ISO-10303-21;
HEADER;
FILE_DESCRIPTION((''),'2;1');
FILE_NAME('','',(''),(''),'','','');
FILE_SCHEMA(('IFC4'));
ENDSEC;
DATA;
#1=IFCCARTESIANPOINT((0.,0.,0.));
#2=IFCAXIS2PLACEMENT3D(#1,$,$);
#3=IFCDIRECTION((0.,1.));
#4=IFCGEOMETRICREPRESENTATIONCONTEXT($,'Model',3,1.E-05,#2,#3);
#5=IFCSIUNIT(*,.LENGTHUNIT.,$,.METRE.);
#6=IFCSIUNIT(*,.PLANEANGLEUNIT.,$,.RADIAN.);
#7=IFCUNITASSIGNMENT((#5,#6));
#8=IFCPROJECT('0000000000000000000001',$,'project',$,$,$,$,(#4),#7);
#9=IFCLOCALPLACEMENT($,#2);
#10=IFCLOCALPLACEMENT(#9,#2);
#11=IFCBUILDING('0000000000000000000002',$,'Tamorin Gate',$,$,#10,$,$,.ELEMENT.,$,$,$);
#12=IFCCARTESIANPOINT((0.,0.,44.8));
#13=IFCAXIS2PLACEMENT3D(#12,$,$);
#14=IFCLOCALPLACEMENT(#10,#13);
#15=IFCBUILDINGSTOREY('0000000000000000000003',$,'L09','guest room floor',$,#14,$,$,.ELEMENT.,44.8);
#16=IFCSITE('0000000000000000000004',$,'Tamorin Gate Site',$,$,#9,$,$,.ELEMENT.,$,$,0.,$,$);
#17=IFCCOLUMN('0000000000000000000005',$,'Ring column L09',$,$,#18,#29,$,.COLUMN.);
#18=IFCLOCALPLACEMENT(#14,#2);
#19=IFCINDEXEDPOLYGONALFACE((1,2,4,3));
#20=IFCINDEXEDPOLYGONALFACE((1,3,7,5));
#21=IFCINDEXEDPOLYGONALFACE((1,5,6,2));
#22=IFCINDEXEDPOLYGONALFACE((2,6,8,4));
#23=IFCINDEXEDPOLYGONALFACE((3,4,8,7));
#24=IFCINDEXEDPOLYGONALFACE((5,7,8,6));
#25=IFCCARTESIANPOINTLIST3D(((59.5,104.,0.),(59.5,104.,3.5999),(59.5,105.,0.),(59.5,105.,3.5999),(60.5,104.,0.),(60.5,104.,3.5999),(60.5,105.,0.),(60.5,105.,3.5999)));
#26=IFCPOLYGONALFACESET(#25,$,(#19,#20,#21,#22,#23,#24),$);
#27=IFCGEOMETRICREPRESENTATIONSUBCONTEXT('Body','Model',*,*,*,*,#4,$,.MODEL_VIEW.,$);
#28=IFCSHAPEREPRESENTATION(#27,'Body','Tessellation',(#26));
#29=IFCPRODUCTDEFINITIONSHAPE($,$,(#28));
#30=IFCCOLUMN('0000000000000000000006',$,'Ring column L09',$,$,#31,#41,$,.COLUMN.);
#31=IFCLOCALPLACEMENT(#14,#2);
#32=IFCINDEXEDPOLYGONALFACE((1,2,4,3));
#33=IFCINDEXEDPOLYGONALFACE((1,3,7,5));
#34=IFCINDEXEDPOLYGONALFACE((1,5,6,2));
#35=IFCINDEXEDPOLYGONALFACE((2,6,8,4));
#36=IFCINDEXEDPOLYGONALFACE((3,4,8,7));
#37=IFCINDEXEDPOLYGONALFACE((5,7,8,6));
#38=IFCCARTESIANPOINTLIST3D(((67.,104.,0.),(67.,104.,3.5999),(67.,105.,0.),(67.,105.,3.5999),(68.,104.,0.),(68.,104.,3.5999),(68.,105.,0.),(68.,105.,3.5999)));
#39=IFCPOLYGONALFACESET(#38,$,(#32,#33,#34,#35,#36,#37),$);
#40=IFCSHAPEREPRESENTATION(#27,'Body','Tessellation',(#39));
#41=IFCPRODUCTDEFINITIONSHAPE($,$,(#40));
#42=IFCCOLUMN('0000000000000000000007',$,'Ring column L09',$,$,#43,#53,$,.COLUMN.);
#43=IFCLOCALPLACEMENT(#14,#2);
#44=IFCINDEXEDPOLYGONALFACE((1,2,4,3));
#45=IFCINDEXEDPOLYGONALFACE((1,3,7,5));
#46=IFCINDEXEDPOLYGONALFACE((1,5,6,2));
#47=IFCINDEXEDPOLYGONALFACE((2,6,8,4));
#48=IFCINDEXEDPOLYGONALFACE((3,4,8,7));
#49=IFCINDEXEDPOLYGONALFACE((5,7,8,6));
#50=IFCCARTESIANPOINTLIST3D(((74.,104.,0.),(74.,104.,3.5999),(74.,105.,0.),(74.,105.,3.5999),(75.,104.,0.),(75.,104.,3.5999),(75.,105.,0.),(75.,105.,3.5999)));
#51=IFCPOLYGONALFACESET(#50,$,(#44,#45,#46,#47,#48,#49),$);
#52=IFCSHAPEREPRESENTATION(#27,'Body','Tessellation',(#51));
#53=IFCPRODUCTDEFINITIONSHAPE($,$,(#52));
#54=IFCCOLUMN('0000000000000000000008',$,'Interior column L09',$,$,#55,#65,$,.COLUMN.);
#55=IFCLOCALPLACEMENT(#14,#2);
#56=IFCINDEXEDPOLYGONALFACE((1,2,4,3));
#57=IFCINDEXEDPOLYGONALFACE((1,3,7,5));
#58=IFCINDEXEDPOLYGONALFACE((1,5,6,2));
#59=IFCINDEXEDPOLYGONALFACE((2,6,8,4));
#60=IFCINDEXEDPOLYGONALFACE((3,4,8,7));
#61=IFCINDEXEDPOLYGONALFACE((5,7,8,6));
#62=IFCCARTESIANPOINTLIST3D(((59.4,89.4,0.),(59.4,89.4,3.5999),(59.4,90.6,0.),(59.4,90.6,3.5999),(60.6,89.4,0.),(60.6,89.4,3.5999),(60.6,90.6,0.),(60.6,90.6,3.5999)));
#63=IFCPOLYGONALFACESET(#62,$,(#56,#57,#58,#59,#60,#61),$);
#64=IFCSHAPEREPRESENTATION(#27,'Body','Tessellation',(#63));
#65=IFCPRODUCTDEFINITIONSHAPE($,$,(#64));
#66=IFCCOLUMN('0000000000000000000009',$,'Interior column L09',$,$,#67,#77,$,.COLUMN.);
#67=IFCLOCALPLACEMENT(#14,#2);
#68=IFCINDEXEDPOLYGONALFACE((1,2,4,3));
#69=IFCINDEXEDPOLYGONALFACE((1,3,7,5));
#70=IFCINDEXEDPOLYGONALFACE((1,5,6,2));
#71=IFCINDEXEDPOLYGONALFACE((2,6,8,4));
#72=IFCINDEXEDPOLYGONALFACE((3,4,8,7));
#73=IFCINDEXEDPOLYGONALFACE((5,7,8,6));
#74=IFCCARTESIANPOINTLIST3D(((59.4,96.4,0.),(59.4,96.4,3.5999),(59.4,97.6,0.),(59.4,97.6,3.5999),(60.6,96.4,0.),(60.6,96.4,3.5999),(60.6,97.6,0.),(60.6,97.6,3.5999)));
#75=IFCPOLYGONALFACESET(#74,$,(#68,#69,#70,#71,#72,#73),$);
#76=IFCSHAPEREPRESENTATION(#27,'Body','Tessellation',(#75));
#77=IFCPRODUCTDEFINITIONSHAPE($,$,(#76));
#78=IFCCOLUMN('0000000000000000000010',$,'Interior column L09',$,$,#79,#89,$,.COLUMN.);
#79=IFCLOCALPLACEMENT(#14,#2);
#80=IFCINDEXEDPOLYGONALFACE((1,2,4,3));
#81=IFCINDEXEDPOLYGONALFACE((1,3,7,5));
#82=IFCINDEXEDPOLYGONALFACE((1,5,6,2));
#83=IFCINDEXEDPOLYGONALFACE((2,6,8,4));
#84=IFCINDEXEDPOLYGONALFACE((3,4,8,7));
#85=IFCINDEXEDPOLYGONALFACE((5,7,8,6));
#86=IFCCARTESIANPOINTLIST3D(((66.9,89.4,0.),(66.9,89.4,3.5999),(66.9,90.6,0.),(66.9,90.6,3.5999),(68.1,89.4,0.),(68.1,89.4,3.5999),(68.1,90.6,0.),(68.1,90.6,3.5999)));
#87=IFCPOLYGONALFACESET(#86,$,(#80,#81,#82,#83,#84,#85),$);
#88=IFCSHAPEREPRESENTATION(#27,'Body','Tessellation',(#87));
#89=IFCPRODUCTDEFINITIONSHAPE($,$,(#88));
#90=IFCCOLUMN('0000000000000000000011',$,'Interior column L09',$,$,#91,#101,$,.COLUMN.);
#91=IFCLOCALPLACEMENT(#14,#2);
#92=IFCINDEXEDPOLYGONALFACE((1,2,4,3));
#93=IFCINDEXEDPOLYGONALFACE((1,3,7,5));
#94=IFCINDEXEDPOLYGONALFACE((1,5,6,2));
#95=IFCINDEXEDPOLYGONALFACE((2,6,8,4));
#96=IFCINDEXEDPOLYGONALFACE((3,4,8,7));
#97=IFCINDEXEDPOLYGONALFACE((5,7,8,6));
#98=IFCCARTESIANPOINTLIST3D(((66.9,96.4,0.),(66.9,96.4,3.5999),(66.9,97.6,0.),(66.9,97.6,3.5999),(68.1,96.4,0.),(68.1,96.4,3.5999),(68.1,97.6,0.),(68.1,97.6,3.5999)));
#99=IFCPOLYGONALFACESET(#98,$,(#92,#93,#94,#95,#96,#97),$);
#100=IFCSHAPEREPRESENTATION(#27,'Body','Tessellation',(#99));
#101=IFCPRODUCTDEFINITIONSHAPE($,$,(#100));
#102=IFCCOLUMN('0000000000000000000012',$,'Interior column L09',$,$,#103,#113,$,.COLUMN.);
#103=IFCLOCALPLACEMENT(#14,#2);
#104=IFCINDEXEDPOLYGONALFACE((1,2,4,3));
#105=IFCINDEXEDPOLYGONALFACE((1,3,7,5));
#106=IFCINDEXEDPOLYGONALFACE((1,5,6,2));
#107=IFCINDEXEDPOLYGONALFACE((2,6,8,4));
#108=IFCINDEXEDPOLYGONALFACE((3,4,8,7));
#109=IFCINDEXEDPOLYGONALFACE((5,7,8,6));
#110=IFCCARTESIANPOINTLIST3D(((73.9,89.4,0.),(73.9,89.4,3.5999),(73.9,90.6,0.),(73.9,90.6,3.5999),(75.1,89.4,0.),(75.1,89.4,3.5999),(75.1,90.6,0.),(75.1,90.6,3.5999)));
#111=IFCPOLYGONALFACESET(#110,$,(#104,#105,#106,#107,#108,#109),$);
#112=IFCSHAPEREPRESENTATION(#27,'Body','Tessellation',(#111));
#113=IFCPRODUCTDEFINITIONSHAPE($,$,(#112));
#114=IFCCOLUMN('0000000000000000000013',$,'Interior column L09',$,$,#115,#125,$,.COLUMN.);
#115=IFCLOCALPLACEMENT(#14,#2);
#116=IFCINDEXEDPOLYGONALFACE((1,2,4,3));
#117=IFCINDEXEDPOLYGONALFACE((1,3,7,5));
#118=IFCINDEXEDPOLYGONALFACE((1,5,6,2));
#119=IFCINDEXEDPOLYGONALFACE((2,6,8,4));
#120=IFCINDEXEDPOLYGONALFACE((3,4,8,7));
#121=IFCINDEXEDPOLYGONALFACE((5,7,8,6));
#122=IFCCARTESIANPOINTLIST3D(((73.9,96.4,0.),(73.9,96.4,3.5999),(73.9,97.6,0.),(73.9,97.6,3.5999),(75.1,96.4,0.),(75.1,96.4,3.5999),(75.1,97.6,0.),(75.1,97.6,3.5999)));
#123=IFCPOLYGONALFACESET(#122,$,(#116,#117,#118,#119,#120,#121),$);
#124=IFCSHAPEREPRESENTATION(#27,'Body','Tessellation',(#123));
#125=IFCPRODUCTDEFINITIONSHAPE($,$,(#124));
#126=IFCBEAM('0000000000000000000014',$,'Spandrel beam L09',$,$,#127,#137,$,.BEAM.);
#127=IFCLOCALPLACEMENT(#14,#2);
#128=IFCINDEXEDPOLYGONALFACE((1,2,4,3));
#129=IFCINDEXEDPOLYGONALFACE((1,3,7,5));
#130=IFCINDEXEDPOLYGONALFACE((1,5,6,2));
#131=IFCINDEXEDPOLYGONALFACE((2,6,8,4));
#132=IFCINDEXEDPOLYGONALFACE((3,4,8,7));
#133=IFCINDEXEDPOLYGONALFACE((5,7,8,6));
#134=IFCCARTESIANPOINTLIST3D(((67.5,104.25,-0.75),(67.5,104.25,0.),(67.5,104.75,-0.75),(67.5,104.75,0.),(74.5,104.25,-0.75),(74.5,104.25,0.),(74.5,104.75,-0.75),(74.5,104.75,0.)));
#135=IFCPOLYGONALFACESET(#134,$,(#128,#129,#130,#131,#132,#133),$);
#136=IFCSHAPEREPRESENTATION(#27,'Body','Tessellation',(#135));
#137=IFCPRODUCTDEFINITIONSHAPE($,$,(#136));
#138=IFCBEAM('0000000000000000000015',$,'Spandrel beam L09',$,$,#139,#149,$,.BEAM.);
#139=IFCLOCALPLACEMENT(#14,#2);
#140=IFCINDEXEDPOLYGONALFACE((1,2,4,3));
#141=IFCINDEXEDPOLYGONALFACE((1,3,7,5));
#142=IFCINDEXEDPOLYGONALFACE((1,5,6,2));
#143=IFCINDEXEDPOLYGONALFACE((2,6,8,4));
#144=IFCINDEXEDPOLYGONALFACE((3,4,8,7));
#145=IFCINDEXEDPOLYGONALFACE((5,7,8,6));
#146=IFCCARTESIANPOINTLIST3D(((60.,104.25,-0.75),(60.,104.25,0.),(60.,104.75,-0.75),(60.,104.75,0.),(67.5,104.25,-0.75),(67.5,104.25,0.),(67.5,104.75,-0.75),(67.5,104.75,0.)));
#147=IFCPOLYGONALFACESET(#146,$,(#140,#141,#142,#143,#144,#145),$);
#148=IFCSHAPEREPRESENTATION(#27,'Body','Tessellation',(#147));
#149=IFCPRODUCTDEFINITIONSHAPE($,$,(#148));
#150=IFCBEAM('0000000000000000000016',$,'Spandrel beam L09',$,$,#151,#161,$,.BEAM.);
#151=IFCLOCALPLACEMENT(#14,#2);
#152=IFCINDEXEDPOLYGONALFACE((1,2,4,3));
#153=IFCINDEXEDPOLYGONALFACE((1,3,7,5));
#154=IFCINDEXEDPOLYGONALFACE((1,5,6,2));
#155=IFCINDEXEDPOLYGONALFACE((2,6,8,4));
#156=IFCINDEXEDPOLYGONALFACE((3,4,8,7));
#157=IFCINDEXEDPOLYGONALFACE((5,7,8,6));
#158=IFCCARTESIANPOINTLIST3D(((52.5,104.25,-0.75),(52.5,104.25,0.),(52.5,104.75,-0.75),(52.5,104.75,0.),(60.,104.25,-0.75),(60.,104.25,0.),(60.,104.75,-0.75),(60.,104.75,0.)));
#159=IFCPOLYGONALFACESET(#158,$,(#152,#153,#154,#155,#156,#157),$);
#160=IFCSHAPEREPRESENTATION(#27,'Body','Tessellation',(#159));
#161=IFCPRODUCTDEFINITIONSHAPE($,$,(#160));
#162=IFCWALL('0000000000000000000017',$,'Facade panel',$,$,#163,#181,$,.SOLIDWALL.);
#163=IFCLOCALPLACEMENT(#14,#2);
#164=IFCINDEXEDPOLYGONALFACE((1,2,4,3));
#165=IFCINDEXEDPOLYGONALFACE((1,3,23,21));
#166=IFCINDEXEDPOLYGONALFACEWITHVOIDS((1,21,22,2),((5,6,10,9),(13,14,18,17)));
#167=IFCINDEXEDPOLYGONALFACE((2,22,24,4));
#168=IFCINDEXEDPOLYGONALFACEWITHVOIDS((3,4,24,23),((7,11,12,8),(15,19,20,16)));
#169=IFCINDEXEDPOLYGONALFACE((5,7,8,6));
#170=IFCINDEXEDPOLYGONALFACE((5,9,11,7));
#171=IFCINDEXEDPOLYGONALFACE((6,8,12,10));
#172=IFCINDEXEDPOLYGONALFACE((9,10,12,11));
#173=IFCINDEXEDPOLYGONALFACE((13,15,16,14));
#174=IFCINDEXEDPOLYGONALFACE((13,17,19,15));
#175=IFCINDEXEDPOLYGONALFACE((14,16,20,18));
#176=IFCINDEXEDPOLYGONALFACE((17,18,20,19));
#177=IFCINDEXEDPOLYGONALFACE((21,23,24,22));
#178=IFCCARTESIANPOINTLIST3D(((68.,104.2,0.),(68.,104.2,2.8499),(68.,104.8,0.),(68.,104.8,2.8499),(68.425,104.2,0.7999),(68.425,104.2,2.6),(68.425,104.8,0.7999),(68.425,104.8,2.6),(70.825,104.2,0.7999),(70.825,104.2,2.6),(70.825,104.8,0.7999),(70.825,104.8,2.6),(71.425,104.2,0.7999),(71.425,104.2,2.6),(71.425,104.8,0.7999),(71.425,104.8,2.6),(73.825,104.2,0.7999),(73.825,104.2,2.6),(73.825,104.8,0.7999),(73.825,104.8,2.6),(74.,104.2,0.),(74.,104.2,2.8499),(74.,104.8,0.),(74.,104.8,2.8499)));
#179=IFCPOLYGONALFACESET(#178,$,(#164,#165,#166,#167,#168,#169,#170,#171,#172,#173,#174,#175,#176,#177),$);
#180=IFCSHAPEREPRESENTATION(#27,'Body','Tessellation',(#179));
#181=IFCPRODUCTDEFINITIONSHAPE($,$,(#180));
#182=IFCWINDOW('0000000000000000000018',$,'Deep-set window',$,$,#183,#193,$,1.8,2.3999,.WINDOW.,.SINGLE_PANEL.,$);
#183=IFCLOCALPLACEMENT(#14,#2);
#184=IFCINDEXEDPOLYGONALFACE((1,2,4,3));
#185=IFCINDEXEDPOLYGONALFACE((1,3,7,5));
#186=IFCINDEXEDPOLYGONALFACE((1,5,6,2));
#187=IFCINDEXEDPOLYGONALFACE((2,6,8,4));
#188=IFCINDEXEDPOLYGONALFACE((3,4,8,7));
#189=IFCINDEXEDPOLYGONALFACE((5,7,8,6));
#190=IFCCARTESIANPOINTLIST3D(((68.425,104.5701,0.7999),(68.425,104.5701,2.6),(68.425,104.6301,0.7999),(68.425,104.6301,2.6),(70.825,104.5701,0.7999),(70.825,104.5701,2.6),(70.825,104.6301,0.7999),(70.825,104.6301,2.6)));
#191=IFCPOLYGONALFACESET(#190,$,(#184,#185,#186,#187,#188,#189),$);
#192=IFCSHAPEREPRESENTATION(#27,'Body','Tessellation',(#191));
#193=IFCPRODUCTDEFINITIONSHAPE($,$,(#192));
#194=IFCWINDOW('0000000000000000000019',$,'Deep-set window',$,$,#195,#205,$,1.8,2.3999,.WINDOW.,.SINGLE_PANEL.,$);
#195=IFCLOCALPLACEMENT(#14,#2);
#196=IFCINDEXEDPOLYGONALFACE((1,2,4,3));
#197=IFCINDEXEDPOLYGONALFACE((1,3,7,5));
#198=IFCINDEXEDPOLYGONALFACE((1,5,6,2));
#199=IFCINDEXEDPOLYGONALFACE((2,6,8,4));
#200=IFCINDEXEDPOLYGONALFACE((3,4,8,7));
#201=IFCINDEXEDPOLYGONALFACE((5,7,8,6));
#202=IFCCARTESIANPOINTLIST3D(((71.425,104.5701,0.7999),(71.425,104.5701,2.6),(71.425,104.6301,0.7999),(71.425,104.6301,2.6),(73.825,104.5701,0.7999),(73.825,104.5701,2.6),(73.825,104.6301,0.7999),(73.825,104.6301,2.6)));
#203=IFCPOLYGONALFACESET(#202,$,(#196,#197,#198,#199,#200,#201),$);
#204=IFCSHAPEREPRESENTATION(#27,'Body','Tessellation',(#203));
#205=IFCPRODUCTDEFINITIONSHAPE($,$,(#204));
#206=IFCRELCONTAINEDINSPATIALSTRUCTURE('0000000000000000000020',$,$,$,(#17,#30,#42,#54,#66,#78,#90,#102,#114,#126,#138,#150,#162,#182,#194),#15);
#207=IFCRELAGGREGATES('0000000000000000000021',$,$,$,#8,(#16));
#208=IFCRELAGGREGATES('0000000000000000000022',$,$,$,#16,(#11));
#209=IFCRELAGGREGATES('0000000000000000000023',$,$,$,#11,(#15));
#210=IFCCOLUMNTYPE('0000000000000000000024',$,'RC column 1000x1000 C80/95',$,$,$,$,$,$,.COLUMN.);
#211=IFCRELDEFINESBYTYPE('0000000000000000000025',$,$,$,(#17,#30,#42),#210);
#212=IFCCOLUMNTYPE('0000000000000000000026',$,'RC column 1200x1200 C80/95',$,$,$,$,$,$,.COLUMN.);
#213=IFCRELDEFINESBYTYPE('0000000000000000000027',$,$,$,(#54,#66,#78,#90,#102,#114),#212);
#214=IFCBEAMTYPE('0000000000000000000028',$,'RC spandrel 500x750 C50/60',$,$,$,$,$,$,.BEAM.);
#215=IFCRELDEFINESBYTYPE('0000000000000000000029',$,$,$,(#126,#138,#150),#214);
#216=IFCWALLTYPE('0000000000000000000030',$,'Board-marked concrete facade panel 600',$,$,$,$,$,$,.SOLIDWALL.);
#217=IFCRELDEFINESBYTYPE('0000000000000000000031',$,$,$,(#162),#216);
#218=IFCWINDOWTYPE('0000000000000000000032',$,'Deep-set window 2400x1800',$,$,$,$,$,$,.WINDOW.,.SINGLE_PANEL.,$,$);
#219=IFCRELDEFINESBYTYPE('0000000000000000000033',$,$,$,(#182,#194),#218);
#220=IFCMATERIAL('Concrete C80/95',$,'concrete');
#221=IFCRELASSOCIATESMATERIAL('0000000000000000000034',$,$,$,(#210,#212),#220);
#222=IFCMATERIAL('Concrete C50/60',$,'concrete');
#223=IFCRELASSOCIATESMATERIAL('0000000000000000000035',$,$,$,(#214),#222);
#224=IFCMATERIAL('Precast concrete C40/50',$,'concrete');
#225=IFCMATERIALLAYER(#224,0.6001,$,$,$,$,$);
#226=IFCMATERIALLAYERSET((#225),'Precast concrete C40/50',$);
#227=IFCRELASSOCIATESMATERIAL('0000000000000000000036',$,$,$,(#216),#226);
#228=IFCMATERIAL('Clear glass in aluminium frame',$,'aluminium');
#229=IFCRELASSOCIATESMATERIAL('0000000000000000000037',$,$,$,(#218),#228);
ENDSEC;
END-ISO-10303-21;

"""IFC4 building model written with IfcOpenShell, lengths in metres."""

from ifc_helpers import new_model, si_unit, direction, frame, frame_2d, origin, origin_2d, place, context, subcontext, project, spatial, rectangle, extrude, material, layer, layer_set, material_profile, profile_set, type_object, element, fill, save


model = new_model("IFC4")

# Units and contexts
model_context = context("Model", 3, precision=1e-05, world=origin(), true_north=direction((0.0, 1.0)))
body_context = subcontext(model_context, "Body", "Model", "MODEL_VIEW")
ifc_project = project(units=[si_unit("LENGTHUNIT", "METRE"), si_unit("PLANEANGLEUNIT", "RADIAN")], contexts=[model_context])

# Site, building, storey
site_placement = place(None, origin())
site = spatial("IfcSite", under=ifc_project, at=site_placement, Name="Tamorin Gate Site", CompositionType="ELEMENT", RefElevation=0.0)
building_placement = place(site_placement, origin())
building = spatial("IfcBuilding", under=site, at=building_placement, Name="Tamorin Gate", CompositionType="ELEMENT")
storey_placement = place(building_placement, frame((0.0, 0.0, 44.8)))
storey = spatial("IfcBuildingStorey", under=building, at=storey_placement, Name="L09", Description="guest room floor", CompositionType="ELEMENT", Elevation=44.8)

# Columns
ifc_material_1 = material(Name="Concrete C80/95", Category="concrete")
ifc_material_profile_1 = material_profile(ifc_material_1, rectangle(XDim=1.0, YDim=1.0, at=origin_2d()), Name="RC 1000x1000")
ifc_profile_set_1 = profile_set([ifc_material_profile_1], Name="Concrete C80/95")
column_type_1 = type_object("IfcColumnType", Name="RC column 1000x1000 C80/95", PredefinedType="COLUMN", material=ifc_profile_set_1)
for number, where, z_axis, x_axis, name in (
    (1, (60.0, 104.5, 0.0), (0.0, 0.0, 1.0), (1.0, 0.0, 0.0), "Ring column L09"),
    (2, (67.5, 104.5, 0.0), (0.0, 0.0, 1.0), (1.0, 0.0, 0.0), "Ring column L09"),
    (3, (74.5, 104.5, 0.0), (0.0, 0.0, 1.0), (1.0, 0.0, 0.0), "Ring column L09"),
):
    element("IfcColumn", number, at=place(storey_placement, frame(where, z_axis=z_axis, x_axis=x_axis)), inside=storey, type_object=column_type_1, Name=name, PredefinedType="COLUMN", context=body_context, shape_type="SweptSolid", body=[
        extrude(rectangle(XDim=1.0, YDim=1.0, at=origin_2d()), origin(), (0.0, 0.0, 1.0), 3.5999),
    ])
ifc_material_profile_2 = material_profile(ifc_material_1, rectangle(XDim=1.2, YDim=1.2, at=origin_2d()), Name="RC 1200x1200")
ifc_profile_set_2 = profile_set([ifc_material_profile_2], Name="Concrete C80/95")
column_type_2 = type_object("IfcColumnType", Name="RC column 1200x1200 C80/95", PredefinedType="COLUMN", material=ifc_profile_set_2)
for number, where, z_axis, x_axis, name in (
    (4, (60.0, 90.0, 0.0), (0.0, 0.0, 1.0), (1.0, 0.0, 0.0), "Interior column L09"),
    (5, (60.0, 97.0, 0.0), (0.0, 0.0, 1.0), (1.0, 0.0, 0.0), "Interior column L09"),
    (6, (67.5, 90.0, 0.0), (0.0, 0.0, 1.0), (1.0, 0.0, 0.0), "Interior column L09"),
    (7, (67.5, 97.0, 0.0), (0.0, 0.0, 1.0), (1.0, 0.0, 0.0), "Interior column L09"),
    (8, (74.5, 90.0, 0.0), (0.0, 0.0, 1.0), (1.0, 0.0, 0.0), "Interior column L09"),
    (9, (74.5, 97.0, 0.0), (0.0, 0.0, 1.0), (1.0, 0.0, 0.0), "Interior column L09"),
):
    element("IfcColumn", number, at=place(storey_placement, frame(where, z_axis=z_axis, x_axis=x_axis)), inside=storey, type_object=column_type_2, Name=name, PredefinedType="COLUMN", context=body_context, shape_type="SweptSolid", body=[
        extrude(rectangle(XDim=1.2, YDim=1.2, at=origin_2d()), origin(), (0.0, 0.0, 1.0), 3.5999),
    ])

# Beams
ifc_material_2 = material(Name="Concrete C50/60", Category="concrete")
ifc_material_profile_3 = material_profile(ifc_material_2, rectangle(XDim=0.5, YDim=0.75, at=origin_2d()), Name="RC 500x750")
ifc_profile_set_3 = profile_set([ifc_material_profile_3], Name="Concrete C50/60")
beam_type = type_object("IfcBeamType", Name="RC spandrel 500x750 C50/60", PredefinedType="BEAM", material=ifc_profile_set_3)
beam_placement = place(storey_placement, frame((74.5, 104.5, -0.375), z_axis=(-1.0, 0.0, 0.0), x_axis=(0.0, -1.0, 0.0)))
element("IfcBeam", 10, at=beam_placement, inside=storey, type_object=beam_type, Name="Spandrel beam L09", PredefinedType="BEAM", context=body_context, shape_type="SweptSolid", body=[
    extrude(rectangle(XDim=0.5, YDim=0.75, at=origin_2d()), origin(), (0.0, 0.0, 1.0), 7.0),
])
for number, where, z_axis, x_axis, name in (
    (11, (67.5, 104.5, -0.375), (-1.0, 0.0, 0.0), (0.0, -1.0, 0.0), "Spandrel beam L09"),
    (12, (60.0, 104.5, -0.375), (-1.0, 0.0, 0.0), (0.0, -1.0, 0.0), "Spandrel beam L09"),
):
    element("IfcBeam", number, at=place(storey_placement, frame(where, z_axis=z_axis, x_axis=x_axis)), inside=storey, type_object=beam_type, Name=name, PredefinedType="BEAM", context=body_context, shape_type="SweptSolid", body=[
        extrude(rectangle(XDim=0.5, YDim=0.75, at=origin_2d()), origin(), (0.0, 0.0, 1.0), 7.5),
    ])

# Wall, openings, windows
ifc_material_3 = material(Name="Precast concrete C40/50", Category="concrete")
ifc_layer_1 = layer(ifc_material_3, 0.6001)
ifc_layer_set_1 = layer_set([ifc_layer_1], Name="Precast concrete C40/50")
wall_type_1 = type_object("IfcWallType", Name="Board-marked concrete facade panel 600", PredefinedType="SOLIDWALL", material=ifc_layer_set_1)
wall_1_placement = place(storey_placement, frame((74.0, 104.5, 0.0), z_axis=(0.0, 0.0, 1.0), x_axis=(-1.0, 0.0, 0.0)))
wall_1 = element("IfcWall", 13, at=wall_1_placement, inside=storey, type_object=wall_type_1, Name="Facade panel", PredefinedType="SOLIDWALL", context=body_context, shape_type="SweptSolid", body=[
    extrude(rectangle(XDim=6.0, YDim=0.6001, at=frame_2d((3.0, 0.0))), origin(), (0.0, 0.0, 1.0), 2.8499),
])
opening_1_placement = place(wall_1_placement, frame((3.175, 0.0, 0.8)))
opening_1 = element("IfcOpeningElement", 14, at=opening_1_placement, cuts=wall_1, PredefinedType="OPENING", context=body_context, shape_type="SweptSolid", body=[
    extrude(rectangle(XDim=2.3999, YDim=1.8, at=frame_2d((1.2, 0.8999))), frame((0.0, 0.3101, 0.0), z_axis=(0.0, -1.0, 0.0), x_axis=(1.0, 0.0, 0.0)), (0.0, 0.0, 1.0), 0.6201),
])
opening_2_placement = place(wall_1_placement, frame((0.175, 0.0, 0.8)))
opening_2 = element("IfcOpeningElement", 15, at=opening_2_placement, cuts=wall_1, PredefinedType="OPENING", context=body_context, shape_type="SweptSolid", body=[
    extrude(rectangle(XDim=2.3999, YDim=1.8, at=frame_2d((1.2, 0.8999))), frame((0.0, 0.3101, 0.0), z_axis=(0.0, -1.0, 0.0), x_axis=(1.0, 0.0, 0.0)), (0.0, 0.0, 1.0), 0.6201),
])
ifc_material_4 = material(Name="Clear glass in aluminium frame", Category="aluminium")
window_type = type_object("IfcWindowType", Name="Deep-set window 2400x1800", PartitioningType="SINGLE_PANEL", PredefinedType="WINDOW", material=ifc_material_4)
window_1_placement = place(opening_1_placement, origin())
window_1 = element("IfcWindow", 16, at=window_1_placement, inside=storey, type_object=window_type, Name="Deep-set window", OverallHeight=1.8, OverallWidth=2.3999, PartitioningType="SINGLE_PANEL", PredefinedType="WINDOW", context=body_context, shape_type="SweptSolid", body=[
    extrude(rectangle(XDim=2.3999, YDim=1.8, at=frame_2d((1.2, 0.8999))), frame((0.0, -0.0701, 0.0), z_axis=(0.0, -1.0, 0.0), x_axis=(1.0, 0.0, 0.0)), (0.0, 0.0, 1.0), 0.0601),
])
fill(opening_1, window_1)
window_2_placement = place(opening_2_placement, origin())
window_2 = element("IfcWindow", 17, at=window_2_placement, inside=storey, type_object=window_type, Name="Deep-set window", OverallHeight=1.8, OverallWidth=2.3999, PartitioningType="SINGLE_PANEL", PredefinedType="WINDOW", context=body_context, shape_type="SweptSolid", body=[
    extrude(rectangle(XDim=2.3999, YDim=1.8, at=frame_2d((1.2, 0.8999))), frame((0.0, -0.0701, 0.0), z_axis=(0.0, -1.0, 0.0), x_axis=(1.0, 0.0, 0.0)), (0.0, 0.0, 1.0), 0.0601),
])
fill(opening_2, window_2)

save(model, "model.ifc")
